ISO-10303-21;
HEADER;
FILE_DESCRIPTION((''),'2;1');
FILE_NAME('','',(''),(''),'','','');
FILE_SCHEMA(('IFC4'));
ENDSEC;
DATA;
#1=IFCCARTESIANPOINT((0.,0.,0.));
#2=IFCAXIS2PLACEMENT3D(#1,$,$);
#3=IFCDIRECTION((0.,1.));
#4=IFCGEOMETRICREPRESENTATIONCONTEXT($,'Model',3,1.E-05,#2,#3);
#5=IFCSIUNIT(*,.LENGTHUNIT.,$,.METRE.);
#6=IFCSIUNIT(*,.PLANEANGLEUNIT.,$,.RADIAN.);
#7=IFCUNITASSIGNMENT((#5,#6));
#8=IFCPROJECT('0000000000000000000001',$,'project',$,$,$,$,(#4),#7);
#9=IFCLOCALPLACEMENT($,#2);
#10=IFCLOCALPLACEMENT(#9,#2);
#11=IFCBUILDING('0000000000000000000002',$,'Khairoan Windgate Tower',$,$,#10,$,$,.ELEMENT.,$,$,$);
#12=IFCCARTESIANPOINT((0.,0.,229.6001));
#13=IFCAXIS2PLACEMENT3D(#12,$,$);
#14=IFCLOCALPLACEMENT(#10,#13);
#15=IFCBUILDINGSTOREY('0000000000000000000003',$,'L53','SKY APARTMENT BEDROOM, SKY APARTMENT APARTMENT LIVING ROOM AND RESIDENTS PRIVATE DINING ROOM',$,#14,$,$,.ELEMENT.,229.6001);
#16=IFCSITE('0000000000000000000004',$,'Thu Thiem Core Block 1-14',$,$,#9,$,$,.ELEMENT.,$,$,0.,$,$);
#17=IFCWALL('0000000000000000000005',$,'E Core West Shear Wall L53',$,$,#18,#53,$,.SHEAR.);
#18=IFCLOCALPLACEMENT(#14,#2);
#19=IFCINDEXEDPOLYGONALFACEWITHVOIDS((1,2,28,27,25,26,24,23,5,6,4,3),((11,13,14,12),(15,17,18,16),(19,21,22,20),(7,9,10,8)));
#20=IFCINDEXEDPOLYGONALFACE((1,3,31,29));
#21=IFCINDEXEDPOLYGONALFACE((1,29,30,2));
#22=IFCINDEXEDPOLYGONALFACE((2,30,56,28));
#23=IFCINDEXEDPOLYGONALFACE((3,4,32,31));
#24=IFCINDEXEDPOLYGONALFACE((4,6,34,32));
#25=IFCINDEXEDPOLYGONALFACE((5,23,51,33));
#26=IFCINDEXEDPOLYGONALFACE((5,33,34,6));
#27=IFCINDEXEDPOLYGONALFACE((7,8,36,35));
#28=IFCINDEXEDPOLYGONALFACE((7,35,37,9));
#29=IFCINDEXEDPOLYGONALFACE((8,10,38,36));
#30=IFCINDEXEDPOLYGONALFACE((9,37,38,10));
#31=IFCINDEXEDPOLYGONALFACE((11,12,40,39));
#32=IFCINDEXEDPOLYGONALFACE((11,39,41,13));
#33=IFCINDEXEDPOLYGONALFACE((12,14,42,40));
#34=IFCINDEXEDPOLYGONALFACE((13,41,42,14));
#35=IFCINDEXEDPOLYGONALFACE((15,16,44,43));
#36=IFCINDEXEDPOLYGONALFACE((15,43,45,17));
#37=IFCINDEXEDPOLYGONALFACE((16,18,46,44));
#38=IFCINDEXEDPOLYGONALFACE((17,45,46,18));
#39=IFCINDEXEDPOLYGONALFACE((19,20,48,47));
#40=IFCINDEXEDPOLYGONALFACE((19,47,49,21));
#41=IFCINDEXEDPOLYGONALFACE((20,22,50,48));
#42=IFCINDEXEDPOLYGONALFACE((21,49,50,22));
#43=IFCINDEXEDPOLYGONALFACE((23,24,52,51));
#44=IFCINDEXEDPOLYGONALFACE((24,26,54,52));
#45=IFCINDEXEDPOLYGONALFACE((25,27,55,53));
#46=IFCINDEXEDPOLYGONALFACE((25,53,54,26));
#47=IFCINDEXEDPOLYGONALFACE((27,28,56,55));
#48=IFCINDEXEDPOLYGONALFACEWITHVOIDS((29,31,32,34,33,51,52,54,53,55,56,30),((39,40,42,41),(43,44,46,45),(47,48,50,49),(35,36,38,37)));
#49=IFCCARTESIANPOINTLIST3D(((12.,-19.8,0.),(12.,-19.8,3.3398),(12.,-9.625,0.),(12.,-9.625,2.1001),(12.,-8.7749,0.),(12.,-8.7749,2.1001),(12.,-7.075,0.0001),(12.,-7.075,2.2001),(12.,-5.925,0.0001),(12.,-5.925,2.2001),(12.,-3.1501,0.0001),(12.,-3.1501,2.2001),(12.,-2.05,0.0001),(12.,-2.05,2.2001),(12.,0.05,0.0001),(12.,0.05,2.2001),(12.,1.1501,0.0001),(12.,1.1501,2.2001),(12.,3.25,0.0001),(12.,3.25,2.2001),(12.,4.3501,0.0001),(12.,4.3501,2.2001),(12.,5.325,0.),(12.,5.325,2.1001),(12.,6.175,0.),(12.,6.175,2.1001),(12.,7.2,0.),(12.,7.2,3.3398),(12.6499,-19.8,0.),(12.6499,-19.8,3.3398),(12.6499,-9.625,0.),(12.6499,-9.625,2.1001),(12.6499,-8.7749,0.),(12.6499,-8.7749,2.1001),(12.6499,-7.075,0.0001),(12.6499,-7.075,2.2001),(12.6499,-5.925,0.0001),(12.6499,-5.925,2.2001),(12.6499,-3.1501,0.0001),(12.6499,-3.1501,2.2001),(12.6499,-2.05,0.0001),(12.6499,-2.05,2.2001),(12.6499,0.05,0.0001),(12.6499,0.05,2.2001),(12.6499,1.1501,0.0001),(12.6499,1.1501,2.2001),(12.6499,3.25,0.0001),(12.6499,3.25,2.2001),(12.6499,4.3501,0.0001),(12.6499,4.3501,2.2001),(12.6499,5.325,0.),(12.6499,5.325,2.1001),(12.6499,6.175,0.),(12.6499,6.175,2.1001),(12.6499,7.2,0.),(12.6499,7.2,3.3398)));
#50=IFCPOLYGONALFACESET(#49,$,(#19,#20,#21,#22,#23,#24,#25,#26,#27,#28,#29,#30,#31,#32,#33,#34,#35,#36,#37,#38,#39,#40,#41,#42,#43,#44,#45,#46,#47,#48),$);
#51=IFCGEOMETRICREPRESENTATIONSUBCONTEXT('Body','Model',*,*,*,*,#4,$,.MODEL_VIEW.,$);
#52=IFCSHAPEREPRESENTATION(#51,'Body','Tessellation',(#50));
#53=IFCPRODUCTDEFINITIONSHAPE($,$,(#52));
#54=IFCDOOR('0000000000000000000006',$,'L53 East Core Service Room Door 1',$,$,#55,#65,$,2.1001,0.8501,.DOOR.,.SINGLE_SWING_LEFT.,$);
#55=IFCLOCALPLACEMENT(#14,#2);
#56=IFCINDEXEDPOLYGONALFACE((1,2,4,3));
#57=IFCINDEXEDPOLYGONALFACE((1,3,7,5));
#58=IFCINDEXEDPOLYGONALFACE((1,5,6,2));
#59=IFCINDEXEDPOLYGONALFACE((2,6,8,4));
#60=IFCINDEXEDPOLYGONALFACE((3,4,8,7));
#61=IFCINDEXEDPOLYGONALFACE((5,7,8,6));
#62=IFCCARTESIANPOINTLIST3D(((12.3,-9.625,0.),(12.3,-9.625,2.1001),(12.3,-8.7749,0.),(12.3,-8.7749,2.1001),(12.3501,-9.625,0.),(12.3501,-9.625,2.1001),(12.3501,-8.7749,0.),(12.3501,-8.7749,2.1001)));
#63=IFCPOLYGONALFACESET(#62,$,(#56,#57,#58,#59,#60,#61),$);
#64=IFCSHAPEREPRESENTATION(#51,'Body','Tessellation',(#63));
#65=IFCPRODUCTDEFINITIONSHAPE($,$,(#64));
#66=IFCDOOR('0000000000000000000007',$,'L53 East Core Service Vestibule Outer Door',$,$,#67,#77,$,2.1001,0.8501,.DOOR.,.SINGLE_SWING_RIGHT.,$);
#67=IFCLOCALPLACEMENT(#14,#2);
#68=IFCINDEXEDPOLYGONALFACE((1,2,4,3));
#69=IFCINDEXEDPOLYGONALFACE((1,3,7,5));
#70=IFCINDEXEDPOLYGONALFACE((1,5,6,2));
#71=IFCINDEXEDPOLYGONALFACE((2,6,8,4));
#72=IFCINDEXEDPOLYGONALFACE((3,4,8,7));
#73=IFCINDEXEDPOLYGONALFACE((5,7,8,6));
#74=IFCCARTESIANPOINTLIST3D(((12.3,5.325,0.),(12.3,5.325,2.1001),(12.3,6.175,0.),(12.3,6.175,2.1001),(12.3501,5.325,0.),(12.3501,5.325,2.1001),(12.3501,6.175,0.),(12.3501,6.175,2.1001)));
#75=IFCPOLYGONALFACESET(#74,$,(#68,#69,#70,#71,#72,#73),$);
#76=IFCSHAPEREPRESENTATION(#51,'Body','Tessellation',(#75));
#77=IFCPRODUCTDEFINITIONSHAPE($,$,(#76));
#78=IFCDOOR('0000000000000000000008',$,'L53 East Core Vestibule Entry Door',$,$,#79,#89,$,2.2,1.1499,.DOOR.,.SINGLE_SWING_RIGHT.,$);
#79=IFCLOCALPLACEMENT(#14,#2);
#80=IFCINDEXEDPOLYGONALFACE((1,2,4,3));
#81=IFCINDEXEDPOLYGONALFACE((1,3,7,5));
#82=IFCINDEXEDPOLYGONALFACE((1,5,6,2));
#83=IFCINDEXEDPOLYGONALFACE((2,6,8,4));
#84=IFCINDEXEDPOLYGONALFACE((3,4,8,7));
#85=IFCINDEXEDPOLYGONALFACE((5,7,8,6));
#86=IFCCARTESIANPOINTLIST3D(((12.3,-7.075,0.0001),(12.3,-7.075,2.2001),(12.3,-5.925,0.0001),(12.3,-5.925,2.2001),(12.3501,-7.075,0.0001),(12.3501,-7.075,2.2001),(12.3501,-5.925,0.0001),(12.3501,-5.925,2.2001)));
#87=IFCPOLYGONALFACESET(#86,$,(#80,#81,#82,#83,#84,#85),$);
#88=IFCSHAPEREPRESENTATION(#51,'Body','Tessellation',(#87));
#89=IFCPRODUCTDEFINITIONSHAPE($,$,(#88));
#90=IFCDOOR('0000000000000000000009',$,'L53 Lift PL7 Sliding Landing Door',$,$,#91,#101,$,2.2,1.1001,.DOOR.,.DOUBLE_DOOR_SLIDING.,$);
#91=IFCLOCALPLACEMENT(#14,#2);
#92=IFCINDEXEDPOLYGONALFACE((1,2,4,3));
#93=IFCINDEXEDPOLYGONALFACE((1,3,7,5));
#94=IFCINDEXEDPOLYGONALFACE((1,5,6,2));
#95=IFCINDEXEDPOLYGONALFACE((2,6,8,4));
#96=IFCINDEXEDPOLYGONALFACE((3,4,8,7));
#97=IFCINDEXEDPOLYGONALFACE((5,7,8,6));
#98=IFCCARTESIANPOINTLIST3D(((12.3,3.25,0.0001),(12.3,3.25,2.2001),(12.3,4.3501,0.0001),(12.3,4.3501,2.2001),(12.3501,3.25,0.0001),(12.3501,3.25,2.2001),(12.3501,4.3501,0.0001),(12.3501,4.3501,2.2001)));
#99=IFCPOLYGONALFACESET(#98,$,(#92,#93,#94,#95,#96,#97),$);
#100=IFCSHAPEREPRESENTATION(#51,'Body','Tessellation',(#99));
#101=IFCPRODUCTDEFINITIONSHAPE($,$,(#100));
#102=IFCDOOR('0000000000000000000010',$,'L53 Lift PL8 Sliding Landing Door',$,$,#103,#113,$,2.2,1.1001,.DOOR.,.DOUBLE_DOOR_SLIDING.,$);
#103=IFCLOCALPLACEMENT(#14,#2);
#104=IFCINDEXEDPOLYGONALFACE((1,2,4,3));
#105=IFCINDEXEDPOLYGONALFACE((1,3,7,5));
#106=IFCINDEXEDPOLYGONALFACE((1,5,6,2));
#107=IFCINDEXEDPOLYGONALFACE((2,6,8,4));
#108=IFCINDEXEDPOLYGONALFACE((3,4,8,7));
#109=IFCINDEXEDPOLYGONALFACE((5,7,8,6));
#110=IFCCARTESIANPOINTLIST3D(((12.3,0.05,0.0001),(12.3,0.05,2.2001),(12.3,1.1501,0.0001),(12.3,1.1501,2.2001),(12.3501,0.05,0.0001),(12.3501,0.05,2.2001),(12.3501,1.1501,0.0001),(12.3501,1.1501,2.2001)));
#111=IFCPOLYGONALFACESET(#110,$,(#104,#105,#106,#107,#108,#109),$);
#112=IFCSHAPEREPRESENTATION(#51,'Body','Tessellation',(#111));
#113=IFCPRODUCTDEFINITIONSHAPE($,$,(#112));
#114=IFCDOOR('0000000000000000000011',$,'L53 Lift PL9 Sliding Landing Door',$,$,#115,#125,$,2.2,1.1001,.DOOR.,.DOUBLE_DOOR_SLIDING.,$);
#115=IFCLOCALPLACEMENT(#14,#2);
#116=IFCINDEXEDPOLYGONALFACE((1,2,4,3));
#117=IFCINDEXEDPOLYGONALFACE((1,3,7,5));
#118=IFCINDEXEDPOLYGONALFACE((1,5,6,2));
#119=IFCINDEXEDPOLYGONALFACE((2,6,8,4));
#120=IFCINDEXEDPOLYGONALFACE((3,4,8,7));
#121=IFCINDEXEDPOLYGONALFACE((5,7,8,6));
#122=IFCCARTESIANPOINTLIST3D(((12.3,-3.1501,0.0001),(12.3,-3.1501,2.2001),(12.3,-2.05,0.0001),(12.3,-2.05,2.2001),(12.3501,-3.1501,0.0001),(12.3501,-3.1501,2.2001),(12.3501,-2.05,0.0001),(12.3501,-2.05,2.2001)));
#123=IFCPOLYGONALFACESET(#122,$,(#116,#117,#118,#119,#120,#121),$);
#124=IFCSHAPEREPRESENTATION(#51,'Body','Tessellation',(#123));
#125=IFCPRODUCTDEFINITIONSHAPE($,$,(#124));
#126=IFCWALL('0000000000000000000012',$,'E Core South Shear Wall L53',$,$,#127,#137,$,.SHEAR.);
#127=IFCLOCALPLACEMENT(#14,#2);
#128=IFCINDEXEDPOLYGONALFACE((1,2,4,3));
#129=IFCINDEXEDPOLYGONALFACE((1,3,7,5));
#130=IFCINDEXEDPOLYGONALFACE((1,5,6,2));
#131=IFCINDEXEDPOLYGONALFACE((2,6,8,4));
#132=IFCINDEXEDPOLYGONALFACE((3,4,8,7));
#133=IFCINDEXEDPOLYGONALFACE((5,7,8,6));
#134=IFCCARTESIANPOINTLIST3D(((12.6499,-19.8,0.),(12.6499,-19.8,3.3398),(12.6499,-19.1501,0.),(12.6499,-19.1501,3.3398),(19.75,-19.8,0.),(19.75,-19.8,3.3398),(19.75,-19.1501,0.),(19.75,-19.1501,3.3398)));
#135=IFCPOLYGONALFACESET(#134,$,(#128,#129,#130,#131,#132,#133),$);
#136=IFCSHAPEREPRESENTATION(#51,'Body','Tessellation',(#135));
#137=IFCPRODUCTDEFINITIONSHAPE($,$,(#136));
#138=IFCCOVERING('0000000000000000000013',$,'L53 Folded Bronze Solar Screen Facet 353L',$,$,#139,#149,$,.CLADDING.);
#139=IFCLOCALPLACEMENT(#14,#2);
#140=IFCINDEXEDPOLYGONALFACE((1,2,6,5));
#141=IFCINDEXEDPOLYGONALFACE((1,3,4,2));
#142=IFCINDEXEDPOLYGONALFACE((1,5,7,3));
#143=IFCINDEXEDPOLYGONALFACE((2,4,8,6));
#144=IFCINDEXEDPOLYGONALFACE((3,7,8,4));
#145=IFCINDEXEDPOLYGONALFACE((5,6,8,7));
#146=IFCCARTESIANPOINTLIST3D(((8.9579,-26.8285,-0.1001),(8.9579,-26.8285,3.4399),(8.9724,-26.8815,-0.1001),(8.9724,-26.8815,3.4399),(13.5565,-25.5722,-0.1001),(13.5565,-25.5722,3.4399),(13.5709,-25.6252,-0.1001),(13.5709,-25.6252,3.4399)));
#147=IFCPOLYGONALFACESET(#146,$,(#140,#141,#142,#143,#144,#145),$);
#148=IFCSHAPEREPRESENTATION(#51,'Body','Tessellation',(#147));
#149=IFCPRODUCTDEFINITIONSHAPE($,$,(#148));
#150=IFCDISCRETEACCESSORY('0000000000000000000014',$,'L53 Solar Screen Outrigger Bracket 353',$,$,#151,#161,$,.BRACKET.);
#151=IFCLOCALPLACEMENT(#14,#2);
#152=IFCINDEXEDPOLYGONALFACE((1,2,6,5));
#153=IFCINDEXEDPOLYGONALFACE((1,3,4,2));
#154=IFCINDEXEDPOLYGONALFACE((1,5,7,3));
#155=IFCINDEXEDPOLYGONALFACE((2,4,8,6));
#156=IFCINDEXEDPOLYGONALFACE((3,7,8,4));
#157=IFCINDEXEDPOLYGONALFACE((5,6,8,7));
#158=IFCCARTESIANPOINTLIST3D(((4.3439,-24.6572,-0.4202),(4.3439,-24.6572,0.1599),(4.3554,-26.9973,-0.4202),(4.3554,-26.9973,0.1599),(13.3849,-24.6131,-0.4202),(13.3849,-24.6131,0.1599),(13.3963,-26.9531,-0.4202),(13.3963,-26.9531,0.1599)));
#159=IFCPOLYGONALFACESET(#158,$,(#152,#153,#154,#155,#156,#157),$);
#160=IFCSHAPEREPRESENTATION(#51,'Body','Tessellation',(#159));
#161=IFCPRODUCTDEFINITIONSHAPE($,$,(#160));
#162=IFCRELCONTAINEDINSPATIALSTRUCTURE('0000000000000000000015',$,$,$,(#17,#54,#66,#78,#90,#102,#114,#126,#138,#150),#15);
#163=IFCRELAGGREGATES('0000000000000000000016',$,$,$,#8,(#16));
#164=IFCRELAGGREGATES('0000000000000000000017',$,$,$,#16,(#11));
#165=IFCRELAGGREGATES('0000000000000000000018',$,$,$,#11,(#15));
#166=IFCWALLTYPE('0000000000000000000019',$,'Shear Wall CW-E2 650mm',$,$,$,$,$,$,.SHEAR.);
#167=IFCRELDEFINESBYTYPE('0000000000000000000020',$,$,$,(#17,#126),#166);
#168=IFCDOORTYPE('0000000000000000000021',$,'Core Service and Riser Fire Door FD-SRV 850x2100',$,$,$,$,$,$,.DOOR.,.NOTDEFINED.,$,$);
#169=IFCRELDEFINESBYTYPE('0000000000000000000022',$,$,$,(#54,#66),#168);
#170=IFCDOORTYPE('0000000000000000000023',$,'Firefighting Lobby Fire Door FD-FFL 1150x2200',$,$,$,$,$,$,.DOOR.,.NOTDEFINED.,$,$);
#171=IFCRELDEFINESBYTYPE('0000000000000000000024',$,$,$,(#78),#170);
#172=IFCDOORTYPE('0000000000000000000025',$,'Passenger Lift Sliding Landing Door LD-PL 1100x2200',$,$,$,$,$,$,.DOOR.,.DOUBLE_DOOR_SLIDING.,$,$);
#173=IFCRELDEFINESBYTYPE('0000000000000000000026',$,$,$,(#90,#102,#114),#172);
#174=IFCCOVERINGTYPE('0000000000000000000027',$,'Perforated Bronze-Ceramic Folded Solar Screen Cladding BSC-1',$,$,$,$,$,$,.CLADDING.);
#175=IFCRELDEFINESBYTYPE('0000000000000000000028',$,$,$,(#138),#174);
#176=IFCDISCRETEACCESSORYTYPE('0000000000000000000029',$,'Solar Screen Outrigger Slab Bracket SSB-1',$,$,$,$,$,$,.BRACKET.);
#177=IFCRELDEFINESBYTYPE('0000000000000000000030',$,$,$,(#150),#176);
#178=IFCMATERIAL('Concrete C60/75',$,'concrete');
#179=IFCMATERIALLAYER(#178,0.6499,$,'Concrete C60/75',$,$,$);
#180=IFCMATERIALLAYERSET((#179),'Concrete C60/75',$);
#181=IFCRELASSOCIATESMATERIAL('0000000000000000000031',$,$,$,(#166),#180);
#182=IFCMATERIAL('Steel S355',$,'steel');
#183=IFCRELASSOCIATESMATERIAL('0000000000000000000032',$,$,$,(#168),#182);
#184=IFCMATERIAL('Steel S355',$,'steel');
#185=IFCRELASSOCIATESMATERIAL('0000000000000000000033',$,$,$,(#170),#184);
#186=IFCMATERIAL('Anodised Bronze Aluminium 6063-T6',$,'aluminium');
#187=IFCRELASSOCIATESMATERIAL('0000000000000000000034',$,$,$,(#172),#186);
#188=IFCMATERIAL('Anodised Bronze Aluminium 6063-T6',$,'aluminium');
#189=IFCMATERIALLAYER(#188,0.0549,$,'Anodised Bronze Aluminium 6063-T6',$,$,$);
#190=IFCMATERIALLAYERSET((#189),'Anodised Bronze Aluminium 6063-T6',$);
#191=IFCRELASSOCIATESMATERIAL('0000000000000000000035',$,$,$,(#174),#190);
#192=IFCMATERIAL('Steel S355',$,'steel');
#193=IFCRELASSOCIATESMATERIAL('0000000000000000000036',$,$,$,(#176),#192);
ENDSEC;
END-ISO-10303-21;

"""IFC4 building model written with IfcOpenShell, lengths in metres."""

from ifc_helpers import new_model, si_unit, direction, frame, frame_2d, origin, origin_2d, place, context, subcontext, project, spatial, rectangle, extrude, material, layer, layer_set, type_object, element, fill, save


model = new_model("IFC4")

# Units and contexts
model_context = context("Model", 3, precision=1e-05, world=origin(), true_north=direction((0.0, 1.0)))
body_context = subcontext(model_context, "Body", "Model", "MODEL_VIEW")
ifc_project = project(units=[si_unit("LENGTHUNIT", "METRE"), si_unit("PLANEANGLEUNIT", "RADIAN")], contexts=[model_context])

# Site, building, storey
site_placement = place(None, origin())
site = spatial("IfcSite", under=ifc_project, at=site_placement, Name="Thu Thiem Core Block 1-14", CompositionType="ELEMENT", RefElevation=0.0)
building_placement = place(site_placement, origin())
building = spatial("IfcBuilding", under=site, at=building_placement, Name="Khairoan Windgate Tower", CompositionType="ELEMENT")
storey_placement = place(building_placement, frame((0.0, 0.0, 229.6001)))
storey = spatial("IfcBuildingStorey", under=building, at=storey_placement, Name="L53", Description="SKY APARTMENT BEDROOM, SKY APARTMENT APARTMENT LIVING ROOM AND RESIDENTS PRIVATE DINING ROOM", CompositionType="ELEMENT", Elevation=229.6001)

# Wall, openings, doors
ifc_material_1 = material(Name="Concrete C60/75", Category="concrete")
ifc_layer_1 = layer(ifc_material_1, 0.6499, Name="Concrete C60/75")
ifc_layer_set_1 = layer_set([ifc_layer_1], Name="Concrete C60/75")
wall_type_1 = type_object("IfcWallType", Name="Shear Wall CW-E2 650mm", PredefinedType="SHEAR", material=ifc_layer_set_1)
wall_1_placement = place(storey_placement, frame((12.325, -19.8, 0.0), z_axis=(0.0, 0.0, 1.0), x_axis=(0.0, 1.0, 0.0)))
wall_1 = element("IfcWall", 1, at=wall_1_placement, inside=storey, type_object=wall_type_1, Name="E Core West Shear Wall L53", PredefinedType="SHEAR", context=body_context, shape_type="SweptSolid", body=[
    extrude(rectangle(XDim=27.0, YDim=0.6499, at=frame_2d((13.5, 0.0))), origin(), (0.0, 0.0, 1.0), 3.3398),
])
opening_1_placement = place(wall_1_placement, frame((23.05, 0.0, 0.0)))
opening_1 = element("IfcOpeningElement", 2, at=opening_1_placement, cuts=wall_1, PredefinedType="OPENING", context=body_context, shape_type="SweptSolid", body=[
    extrude(rectangle(XDim=1.1001, YDim=2.2, at=frame_2d((0.55, 1.1001))), frame((0.0, 0.335, 0.0), z_axis=(0.0, -1.0, 0.0), x_axis=(1.0, 0.0, 0.0)), (0.0, 0.0, 1.0), 0.6699),
])
opening_2_placement = place(wall_1_placement, frame((19.8501, 0.0, 0.0)))
opening_2 = element("IfcOpeningElement", 3, at=opening_2_placement, cuts=wall_1, PredefinedType="OPENING", context=body_context, shape_type="SweptSolid", body=[
    extrude(rectangle(XDim=1.1001, YDim=2.2, at=frame_2d((0.55, 1.1001))), frame((0.0, 0.335, 0.0), z_axis=(0.0, -1.0, 0.0), x_axis=(1.0, 0.0, 0.0)), (0.0, 0.0, 1.0), 0.6699),
])
opening_3_placement = place(wall_1_placement, frame((16.6499, 0.0, 0.0)))
opening_3 = element("IfcOpeningElement", 4, at=opening_3_placement, cuts=wall_1, PredefinedType="OPENING", context=body_context, shape_type="SweptSolid", body=[
    extrude(rectangle(XDim=1.1001, YDim=2.2, at=frame_2d((0.55, 1.1001))), frame((0.0, 0.335, 0.0), z_axis=(0.0, -1.0, 0.0), x_axis=(1.0, 0.0, 0.0)), (0.0, 0.0, 1.0), 0.6699),
])
opening_4_placement = place(wall_1_placement, frame((10.175, 0.0, 0.0)))
opening_4 = element("IfcOpeningElement", 5, at=opening_4_placement, cuts=wall_1, PredefinedType="OPENING", context=body_context, shape_type="SweptSolid", body=[
    extrude(rectangle(XDim=0.8501, YDim=2.1001, at=frame_2d((0.425, 1.05))), frame((0.0, 0.335, 0.0), z_axis=(0.0, -1.0, 0.0), x_axis=(1.0, 0.0, 0.0)), (0.0, 0.0, 1.0), 0.6699),
])
opening_5_placement = place(wall_1_placement, frame((12.7251, 0.0, 0.0)))
opening_5 = element("IfcOpeningElement", 6, at=opening_5_placement, cuts=wall_1, PredefinedType="OPENING", context=body_context, shape_type="SweptSolid", body=[
    extrude(rectangle(XDim=1.1499, YDim=2.2, at=frame_2d((0.575, 1.1001))), frame((0.0, 0.335, 0.0), z_axis=(0.0, -1.0, 0.0), x_axis=(1.0, 0.0, 0.0)), (0.0, 0.0, 1.0), 0.6699),
])
opening_6_placement = place(wall_1_placement, frame((25.125, 0.0, 0.0)))
opening_6 = element("IfcOpeningElement", 7, at=opening_6_placement, cuts=wall_1, PredefinedType="OPENING", context=body_context, shape_type="SweptSolid", body=[
    extrude(rectangle(XDim=0.8501, YDim=2.1001, at=frame_2d((0.425, 1.05))), frame((0.0, 0.335, 0.0), z_axis=(0.0, -1.0, 0.0), x_axis=(1.0, 0.0, 0.0)), (0.0, 0.0, 1.0), 0.6699),
])
ifc_material_2 = material(Name="Steel S355", Category="steel")
door_type_1 = type_object("IfcDoorType", Name="Core Service and Riser Fire Door FD-SRV 850x2100", OperationType="NOTDEFINED", PredefinedType="DOOR", material=ifc_material_2)
door_1_placement = place(opening_4_placement, origin())
door_1 = element("IfcDoor", 8, at=door_1_placement, inside=storey, type_object=door_type_1, Name="L53 East Core Service Room Door 1", OperationType="SINGLE_SWING_LEFT", OverallHeight=2.1001, OverallWidth=0.8501, PredefinedType="DOOR", context=body_context, shape_type="SweptSolid", body=[
    extrude(rectangle(XDim=0.8501, YDim=2.1001, at=frame_2d((0.425, 1.05))), frame((0.0, 0.0249, 0.0), z_axis=(0.0, -1.0, 0.0), x_axis=(1.0, 0.0, 0.0)), (0.0, 0.0, 1.0), 0.05),
])
fill(opening_4, door_1)
door_2_placement = place(opening_6_placement, origin())
door_2 = element("IfcDoor", 9, at=door_2_placement, inside=storey, type_object=door_type_1, Name="L53 East Core Service Vestibule Outer Door", OperationType="SINGLE_SWING_RIGHT", OverallHeight=2.1001, OverallWidth=0.8501, PredefinedType="DOOR", context=body_context, shape_type="SweptSolid", body=[
    extrude(rectangle(XDim=0.8501, YDim=2.1001, at=frame_2d((0.425, 1.05))), frame((0.0, 0.0249, 0.0), z_axis=(0.0, -1.0, 0.0), x_axis=(1.0, 0.0, 0.0)), (0.0, 0.0, 1.0), 0.05),
])
fill(opening_6, door_2)
ifc_material_3 = material(Name="Steel S355", Category="steel")
door_type_2 = type_object("IfcDoorType", Name="Firefighting Lobby Fire Door FD-FFL 1150x2200", OperationType="NOTDEFINED", PredefinedType="DOOR", material=ifc_material_3)
door_3_placement = place(opening_5_placement, origin())
door_3 = element("IfcDoor", 10, at=door_3_placement, inside=storey, type_object=door_type_2, Name="L53 East Core Vestibule Entry Door", OperationType="SINGLE_SWING_RIGHT", OverallHeight=2.2, OverallWidth=1.1499, PredefinedType="DOOR", context=body_context, shape_type="SweptSolid", body=[
    extrude(rectangle(XDim=1.1499, YDim=2.2, at=frame_2d((0.575, 1.1001))), frame((0.0, 0.0249, 0.0), z_axis=(0.0, -1.0, 0.0), x_axis=(1.0, 0.0, 0.0)), (0.0, 0.0, 1.0), 0.05),
])
fill(opening_5, door_3)
ifc_material_4 = material(Name="Anodised Bronze Aluminium 6063-T6", Category="aluminium")
door_type_3 = type_object("IfcDoorType", Name="Passenger Lift Sliding Landing Door LD-PL 1100x2200", OperationType="DOUBLE_DOOR_SLIDING", PredefinedType="DOOR", material=ifc_material_4)
door_4_placement = place(opening_1_placement, origin())
door_4 = element("IfcDoor", 11, at=door_4_placement, inside=storey, type_object=door_type_3, Name="L53 Lift PL7 Sliding Landing Door", OperationType="DOUBLE_DOOR_SLIDING", OverallHeight=2.2, OverallWidth=1.1001, PredefinedType="DOOR", context=body_context, shape_type="SweptSolid", body=[
    extrude(rectangle(XDim=1.1001, YDim=2.2, at=frame_2d((0.55, 1.1001))), frame((0.0, 0.0249, 0.0), z_axis=(0.0, -1.0, 0.0), x_axis=(1.0, 0.0, 0.0)), (0.0, 0.0, 1.0), 0.05),
])
fill(opening_1, door_4)
door_5_placement = place(opening_2_placement, origin())
door_5 = element("IfcDoor", 12, at=door_5_placement, inside=storey, type_object=door_type_3, Name="L53 Lift PL8 Sliding Landing Door", OperationType="DOUBLE_DOOR_SLIDING", OverallHeight=2.2, OverallWidth=1.1001, PredefinedType="DOOR", context=body_context, shape_type="SweptSolid", body=[
    extrude(rectangle(XDim=1.1001, YDim=2.2, at=frame_2d((0.55, 1.1001))), frame((0.0, 0.0249, 0.0), z_axis=(0.0, -1.0, 0.0), x_axis=(1.0, 0.0, 0.0)), (0.0, 0.0, 1.0), 0.05),
])
fill(opening_2, door_5)
door_6_placement = place(opening_3_placement, origin())
door_6 = element("IfcDoor", 13, at=door_6_placement, inside=storey, type_object=door_type_3, Name="L53 Lift PL9 Sliding Landing Door", OperationType="DOUBLE_DOOR_SLIDING", OverallHeight=2.2, OverallWidth=1.1001, PredefinedType="DOOR", context=body_context, shape_type="SweptSolid", body=[
    extrude(rectangle(XDim=1.1001, YDim=2.2, at=frame_2d((0.55, 1.1001))), frame((0.0, 0.0249, 0.0), z_axis=(0.0, -1.0, 0.0), x_axis=(1.0, 0.0, 0.0)), (0.0, 0.0, 1.0), 0.05),
])
fill(opening_3, door_6)

# Wall
wall_2_placement = place(storey_placement, frame((12.6499, -19.4751, 0.0), z_axis=(0.0, 0.0, 1.0), x_axis=(1.0, 0.0, 0.0)))
element("IfcWall", 14, at=wall_2_placement, inside=storey, type_object=wall_type_1, Name="E Core South Shear Wall L53", PredefinedType="SHEAR", context=body_context, shape_type="SweptSolid", body=[
    extrude(rectangle(XDim=7.1001, YDim=0.6499, at=frame_2d((3.55, 0.0))), origin(), (0.0, 0.0, 1.0), 3.3398),
])

# Covering
ifc_material_5 = material(Name="Anodised Bronze Aluminium 6063-T6", Category="aluminium")
ifc_layer_2 = layer(ifc_material_5, 0.0549, Name="Anodised Bronze Aluminium 6063-T6")
ifc_layer_set_2 = layer_set([ifc_layer_2], Name="Anodised Bronze Aluminium 6063-T6")
covering_type = type_object("IfcCoveringType", Name="Perforated Bronze-Ceramic Folded Solar Screen Cladding BSC-1", PredefinedType="CLADDING", material=ifc_layer_set_2)
covering_placement = place(storey_placement, frame((11.2644, -26.2268, -0.1001), z_axis=(0.0, 0.0, 1.0), x_axis=(-0.964649, -0.263536, 0.0)))
element("IfcCovering", 15, at=covering_placement, inside=storey, type_object=covering_type, Name="L53 Folded Bronze Solar Screen Facet 353L", PredefinedType="CLADDING", context=body_context, shape_type="SweptSolid", body=[
    extrude(rectangle(XDim=4.7671, YDim=0.0549, at=origin_2d()), origin(), (0.0, 0.0, 1.0), 3.54),
])

# Discrete accessory
ifc_material_6 = material(Name="Steel S355", Category="steel")
discrete_accessory_type = type_object("IfcDiscreteAccessoryType", Name="Solar Screen Outrigger Slab Bracket SSB-1", PredefinedType="BRACKET", material=ifc_material_6)
discrete_accessory_placement = place(storey_placement, frame((8.8701, -25.8052, -0.4202), z_axis=(0.0, 0.0, 1.0), x_axis=(-0.999988, -0.004887, 0.0)))
element("IfcDiscreteAccessory", 16, at=discrete_accessory_placement, inside=storey, type_object=discrete_accessory_type, Name="L53 Solar Screen Outrigger Bracket 353", PredefinedType="BRACKET", context=body_context, shape_type="SweptSolid", body=[
    extrude(rectangle(XDim=9.041, YDim=2.3401, at=origin_2d()), origin(), (0.0, 0.0, 1.0), 0.5801),
])

save(model, "model.ifc")
